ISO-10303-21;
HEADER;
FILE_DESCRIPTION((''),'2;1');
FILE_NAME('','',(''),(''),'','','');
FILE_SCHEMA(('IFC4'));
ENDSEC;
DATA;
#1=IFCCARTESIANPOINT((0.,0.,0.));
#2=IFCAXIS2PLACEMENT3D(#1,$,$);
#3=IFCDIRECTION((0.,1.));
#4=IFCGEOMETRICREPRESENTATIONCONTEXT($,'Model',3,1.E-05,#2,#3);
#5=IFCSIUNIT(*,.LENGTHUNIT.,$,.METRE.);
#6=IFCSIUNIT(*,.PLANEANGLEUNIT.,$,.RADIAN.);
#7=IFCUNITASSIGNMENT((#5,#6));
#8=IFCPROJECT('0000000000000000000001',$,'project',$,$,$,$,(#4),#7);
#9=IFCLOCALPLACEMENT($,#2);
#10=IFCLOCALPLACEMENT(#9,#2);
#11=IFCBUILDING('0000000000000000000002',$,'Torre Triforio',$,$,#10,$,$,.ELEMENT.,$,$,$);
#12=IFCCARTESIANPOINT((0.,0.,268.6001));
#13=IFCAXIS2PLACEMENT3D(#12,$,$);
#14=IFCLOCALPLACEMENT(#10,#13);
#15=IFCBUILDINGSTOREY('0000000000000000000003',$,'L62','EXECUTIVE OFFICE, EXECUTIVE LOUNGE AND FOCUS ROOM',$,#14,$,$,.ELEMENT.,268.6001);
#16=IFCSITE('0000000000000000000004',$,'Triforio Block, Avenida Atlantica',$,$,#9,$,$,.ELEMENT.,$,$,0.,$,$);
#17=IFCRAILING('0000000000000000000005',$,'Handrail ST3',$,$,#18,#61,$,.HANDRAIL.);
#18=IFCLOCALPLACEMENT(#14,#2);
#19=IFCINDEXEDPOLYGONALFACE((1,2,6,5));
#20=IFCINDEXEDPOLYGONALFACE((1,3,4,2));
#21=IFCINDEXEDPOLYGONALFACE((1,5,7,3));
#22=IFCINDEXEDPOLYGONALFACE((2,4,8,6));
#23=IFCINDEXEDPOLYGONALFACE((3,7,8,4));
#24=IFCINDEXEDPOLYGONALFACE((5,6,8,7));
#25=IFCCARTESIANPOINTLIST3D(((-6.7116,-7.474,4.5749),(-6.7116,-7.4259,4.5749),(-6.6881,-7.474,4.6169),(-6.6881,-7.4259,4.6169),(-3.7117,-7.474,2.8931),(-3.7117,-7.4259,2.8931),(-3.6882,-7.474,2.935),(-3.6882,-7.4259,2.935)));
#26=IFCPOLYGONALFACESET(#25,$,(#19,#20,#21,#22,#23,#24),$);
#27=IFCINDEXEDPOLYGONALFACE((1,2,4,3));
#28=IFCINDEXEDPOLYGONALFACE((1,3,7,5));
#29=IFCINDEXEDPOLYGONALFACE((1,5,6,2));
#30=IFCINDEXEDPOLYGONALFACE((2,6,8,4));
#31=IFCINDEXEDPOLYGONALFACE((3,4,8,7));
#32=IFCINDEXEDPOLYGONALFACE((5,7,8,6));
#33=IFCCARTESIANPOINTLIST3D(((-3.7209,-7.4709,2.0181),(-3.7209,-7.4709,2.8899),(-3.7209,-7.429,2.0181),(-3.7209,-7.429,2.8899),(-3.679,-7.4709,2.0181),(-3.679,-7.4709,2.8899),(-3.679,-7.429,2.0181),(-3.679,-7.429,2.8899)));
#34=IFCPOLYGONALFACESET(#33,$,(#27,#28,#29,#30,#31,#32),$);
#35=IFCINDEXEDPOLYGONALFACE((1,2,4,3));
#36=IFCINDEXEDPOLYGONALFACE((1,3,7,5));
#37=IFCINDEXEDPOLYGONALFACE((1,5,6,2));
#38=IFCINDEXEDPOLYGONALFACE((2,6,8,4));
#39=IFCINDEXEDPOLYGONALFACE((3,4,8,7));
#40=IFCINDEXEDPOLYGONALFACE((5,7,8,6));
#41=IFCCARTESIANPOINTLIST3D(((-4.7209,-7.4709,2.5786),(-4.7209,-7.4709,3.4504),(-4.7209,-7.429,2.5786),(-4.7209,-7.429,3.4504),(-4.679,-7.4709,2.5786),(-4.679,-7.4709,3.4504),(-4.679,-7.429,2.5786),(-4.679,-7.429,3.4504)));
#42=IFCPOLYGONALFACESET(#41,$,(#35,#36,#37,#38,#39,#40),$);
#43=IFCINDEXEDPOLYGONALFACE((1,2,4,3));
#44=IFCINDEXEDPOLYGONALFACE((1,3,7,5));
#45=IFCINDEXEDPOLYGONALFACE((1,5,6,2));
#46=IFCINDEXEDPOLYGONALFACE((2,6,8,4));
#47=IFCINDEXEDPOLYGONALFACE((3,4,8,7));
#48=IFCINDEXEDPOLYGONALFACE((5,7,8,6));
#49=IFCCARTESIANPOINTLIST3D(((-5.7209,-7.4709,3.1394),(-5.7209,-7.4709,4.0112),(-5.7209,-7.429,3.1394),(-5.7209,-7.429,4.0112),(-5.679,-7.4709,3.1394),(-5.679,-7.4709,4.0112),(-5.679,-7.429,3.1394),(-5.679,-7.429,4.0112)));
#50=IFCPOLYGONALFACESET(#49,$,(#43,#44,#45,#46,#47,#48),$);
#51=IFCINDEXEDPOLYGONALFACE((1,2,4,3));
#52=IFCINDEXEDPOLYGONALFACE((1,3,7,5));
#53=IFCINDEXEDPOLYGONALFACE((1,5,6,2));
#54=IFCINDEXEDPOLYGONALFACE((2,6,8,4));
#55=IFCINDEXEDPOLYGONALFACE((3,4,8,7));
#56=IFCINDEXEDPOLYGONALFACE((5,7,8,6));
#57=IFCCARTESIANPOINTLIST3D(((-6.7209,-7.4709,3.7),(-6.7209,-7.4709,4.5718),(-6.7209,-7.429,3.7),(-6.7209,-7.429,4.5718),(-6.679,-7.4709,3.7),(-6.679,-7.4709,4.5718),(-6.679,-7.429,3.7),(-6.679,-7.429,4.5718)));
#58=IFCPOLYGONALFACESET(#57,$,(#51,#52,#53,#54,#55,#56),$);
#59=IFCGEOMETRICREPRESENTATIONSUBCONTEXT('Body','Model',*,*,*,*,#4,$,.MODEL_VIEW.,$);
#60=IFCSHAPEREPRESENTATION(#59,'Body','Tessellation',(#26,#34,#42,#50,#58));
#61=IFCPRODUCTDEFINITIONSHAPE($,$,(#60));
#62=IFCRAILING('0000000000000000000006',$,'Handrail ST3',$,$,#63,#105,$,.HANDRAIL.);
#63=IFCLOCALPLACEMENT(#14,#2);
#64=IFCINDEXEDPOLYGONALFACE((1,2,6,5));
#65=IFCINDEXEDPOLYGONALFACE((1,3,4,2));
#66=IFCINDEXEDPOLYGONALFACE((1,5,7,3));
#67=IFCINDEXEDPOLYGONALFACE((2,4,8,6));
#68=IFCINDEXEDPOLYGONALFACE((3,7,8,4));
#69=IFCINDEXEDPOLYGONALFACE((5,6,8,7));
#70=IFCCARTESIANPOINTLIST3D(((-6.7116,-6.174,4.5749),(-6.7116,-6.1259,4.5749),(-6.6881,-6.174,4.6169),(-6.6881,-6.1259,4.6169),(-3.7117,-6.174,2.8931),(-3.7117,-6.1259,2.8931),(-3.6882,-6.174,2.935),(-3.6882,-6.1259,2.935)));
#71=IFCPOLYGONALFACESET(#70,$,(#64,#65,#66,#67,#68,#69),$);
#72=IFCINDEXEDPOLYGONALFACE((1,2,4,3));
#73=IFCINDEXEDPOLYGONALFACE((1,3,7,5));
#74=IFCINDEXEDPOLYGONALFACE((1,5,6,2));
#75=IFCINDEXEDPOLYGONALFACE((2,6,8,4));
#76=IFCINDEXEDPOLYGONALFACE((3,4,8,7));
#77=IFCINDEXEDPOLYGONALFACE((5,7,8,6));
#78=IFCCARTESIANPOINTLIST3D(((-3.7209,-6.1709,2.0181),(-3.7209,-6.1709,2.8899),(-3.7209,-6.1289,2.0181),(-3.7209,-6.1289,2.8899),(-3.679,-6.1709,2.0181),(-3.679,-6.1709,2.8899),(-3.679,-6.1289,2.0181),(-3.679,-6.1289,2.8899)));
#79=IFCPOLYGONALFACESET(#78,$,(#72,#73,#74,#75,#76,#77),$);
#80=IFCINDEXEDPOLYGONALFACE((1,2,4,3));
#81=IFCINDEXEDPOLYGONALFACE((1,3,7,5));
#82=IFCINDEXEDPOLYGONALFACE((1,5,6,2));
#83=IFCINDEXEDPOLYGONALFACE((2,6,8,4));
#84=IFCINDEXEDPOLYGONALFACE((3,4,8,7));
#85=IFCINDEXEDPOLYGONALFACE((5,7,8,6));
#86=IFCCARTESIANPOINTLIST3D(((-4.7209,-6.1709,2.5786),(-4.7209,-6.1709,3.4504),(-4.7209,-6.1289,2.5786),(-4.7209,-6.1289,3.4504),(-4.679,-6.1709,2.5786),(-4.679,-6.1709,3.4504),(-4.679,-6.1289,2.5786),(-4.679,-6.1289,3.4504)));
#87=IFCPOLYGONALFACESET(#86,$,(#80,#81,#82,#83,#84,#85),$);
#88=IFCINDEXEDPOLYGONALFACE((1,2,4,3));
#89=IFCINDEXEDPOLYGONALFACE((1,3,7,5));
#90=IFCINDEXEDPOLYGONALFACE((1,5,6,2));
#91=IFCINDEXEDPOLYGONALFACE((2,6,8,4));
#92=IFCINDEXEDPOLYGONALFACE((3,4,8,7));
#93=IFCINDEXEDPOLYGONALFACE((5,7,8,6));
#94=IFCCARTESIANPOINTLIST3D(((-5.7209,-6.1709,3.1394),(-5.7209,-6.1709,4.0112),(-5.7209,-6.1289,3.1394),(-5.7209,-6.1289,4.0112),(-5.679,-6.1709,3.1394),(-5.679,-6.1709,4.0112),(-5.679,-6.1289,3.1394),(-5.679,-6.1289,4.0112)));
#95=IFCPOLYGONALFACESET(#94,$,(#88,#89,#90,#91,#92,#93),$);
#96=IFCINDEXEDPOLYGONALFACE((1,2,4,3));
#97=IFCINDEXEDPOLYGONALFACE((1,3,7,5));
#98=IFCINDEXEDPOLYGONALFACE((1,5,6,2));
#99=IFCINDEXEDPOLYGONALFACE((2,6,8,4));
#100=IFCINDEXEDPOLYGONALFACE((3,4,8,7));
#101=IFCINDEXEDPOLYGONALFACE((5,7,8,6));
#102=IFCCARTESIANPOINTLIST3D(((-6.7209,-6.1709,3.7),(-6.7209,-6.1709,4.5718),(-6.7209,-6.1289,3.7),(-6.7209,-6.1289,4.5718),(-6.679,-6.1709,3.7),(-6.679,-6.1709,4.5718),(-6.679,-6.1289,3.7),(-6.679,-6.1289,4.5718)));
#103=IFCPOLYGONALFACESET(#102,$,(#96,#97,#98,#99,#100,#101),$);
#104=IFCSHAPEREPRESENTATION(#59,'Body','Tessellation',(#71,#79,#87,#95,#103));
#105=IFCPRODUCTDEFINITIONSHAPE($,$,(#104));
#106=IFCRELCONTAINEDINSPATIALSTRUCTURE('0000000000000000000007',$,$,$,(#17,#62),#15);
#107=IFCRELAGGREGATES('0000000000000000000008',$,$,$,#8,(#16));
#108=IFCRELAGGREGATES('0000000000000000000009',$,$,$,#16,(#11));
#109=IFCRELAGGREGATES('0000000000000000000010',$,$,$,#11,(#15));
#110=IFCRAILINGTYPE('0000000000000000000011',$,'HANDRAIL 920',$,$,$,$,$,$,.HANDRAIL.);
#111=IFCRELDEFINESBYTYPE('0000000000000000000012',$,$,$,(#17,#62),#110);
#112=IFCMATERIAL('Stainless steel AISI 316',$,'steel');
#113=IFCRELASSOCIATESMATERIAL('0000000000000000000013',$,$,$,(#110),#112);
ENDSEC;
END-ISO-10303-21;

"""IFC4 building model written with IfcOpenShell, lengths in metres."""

from ifc_helpers import new_model, si_unit, direction, frame, origin, origin_2d, place, context, subcontext, project, spatial, rectangle, extrude, material, type_object, element, save


model = new_model("IFC4")

# Units and contexts
model_context = context("Model", 3, precision=1e-05, world=origin(), true_north=direction((0.0, 1.0)))
body_context = subcontext(model_context, "Body", "Model", "MODEL_VIEW")
ifc_project = project(units=[si_unit("LENGTHUNIT", "METRE"), si_unit("PLANEANGLEUNIT", "RADIAN")], contexts=[model_context])

# Site, building, storey
site_placement = place(None, origin())
site = spatial("IfcSite", under=ifc_project, at=site_placement, Name="Triforio Block, Avenida Atlantica", CompositionType="ELEMENT", RefElevation=0.0)
building_placement = place(site_placement, origin())
building = spatial("IfcBuilding", under=site, at=building_placement, Name="Torre Triforio", CompositionType="ELEMENT")
storey_placement = place(building_placement, frame((0.0, 0.0, 268.6001)))
storey = spatial("IfcBuildingStorey", under=building, at=storey_placement, Name="L62", Description="EXECUTIVE OFFICE, EXECUTIVE LOUNGE AND FOCUS ROOM", CompositionType="ELEMENT", Elevation=268.6001)

# Railings
ifc_material_1 = material(Name="Stainless steel AISI 316", Category="steel")
railing_type = type_object("IfcRailingType", Name="HANDRAIL 920", PredefinedType="HANDRAIL", material=ifc_material_1)
for number, where, name in (
    (1, (-3.7, -7.45, 2.0181), "Handrail ST3"),
    (2, (-3.7, -6.1499, 2.0181), "Handrail ST3"),
):
    element("IfcRailing", number, at=place(storey_placement, frame(where)), inside=storey, type_object=railing_type, Name=name, PredefinedType="HANDRAIL", context=body_context, shape_type="SweptSolid", body=[
        extrude(rectangle(XDim=0.0481, YDim=0.0481, at=origin_2d()), frame((0.0, 0.0, 0.896), z_axis=(-0.872272, 0.0, 0.48902), x_axis=(0.0, -1.0, 0.0)), (0.0, 0.0, 1.0), 3.4392),
        extrude(rectangle(XDim=0.042, YDim=0.042, at=origin_2d()), origin(), (0.0, 0.0, 1.0), 0.8718),
        extrude(rectangle(XDim=0.042, YDim=0.042, at=origin_2d()), frame((-1.0, 0.0, 0.5605)), (0.0, 0.0, 1.0), 0.8718),
        extrude(rectangle(XDim=0.042, YDim=0.042, at=origin_2d()), frame((-2.0, 0.0, 1.1213)), (0.0, 0.0, 1.0), 0.8718),
        extrude(rectangle(XDim=0.042, YDim=0.042, at=origin_2d()), frame((-3.0, 0.0, 1.6819)), (0.0, 0.0, 1.0), 0.8718),
    ])

save(model, "model.ifc")
